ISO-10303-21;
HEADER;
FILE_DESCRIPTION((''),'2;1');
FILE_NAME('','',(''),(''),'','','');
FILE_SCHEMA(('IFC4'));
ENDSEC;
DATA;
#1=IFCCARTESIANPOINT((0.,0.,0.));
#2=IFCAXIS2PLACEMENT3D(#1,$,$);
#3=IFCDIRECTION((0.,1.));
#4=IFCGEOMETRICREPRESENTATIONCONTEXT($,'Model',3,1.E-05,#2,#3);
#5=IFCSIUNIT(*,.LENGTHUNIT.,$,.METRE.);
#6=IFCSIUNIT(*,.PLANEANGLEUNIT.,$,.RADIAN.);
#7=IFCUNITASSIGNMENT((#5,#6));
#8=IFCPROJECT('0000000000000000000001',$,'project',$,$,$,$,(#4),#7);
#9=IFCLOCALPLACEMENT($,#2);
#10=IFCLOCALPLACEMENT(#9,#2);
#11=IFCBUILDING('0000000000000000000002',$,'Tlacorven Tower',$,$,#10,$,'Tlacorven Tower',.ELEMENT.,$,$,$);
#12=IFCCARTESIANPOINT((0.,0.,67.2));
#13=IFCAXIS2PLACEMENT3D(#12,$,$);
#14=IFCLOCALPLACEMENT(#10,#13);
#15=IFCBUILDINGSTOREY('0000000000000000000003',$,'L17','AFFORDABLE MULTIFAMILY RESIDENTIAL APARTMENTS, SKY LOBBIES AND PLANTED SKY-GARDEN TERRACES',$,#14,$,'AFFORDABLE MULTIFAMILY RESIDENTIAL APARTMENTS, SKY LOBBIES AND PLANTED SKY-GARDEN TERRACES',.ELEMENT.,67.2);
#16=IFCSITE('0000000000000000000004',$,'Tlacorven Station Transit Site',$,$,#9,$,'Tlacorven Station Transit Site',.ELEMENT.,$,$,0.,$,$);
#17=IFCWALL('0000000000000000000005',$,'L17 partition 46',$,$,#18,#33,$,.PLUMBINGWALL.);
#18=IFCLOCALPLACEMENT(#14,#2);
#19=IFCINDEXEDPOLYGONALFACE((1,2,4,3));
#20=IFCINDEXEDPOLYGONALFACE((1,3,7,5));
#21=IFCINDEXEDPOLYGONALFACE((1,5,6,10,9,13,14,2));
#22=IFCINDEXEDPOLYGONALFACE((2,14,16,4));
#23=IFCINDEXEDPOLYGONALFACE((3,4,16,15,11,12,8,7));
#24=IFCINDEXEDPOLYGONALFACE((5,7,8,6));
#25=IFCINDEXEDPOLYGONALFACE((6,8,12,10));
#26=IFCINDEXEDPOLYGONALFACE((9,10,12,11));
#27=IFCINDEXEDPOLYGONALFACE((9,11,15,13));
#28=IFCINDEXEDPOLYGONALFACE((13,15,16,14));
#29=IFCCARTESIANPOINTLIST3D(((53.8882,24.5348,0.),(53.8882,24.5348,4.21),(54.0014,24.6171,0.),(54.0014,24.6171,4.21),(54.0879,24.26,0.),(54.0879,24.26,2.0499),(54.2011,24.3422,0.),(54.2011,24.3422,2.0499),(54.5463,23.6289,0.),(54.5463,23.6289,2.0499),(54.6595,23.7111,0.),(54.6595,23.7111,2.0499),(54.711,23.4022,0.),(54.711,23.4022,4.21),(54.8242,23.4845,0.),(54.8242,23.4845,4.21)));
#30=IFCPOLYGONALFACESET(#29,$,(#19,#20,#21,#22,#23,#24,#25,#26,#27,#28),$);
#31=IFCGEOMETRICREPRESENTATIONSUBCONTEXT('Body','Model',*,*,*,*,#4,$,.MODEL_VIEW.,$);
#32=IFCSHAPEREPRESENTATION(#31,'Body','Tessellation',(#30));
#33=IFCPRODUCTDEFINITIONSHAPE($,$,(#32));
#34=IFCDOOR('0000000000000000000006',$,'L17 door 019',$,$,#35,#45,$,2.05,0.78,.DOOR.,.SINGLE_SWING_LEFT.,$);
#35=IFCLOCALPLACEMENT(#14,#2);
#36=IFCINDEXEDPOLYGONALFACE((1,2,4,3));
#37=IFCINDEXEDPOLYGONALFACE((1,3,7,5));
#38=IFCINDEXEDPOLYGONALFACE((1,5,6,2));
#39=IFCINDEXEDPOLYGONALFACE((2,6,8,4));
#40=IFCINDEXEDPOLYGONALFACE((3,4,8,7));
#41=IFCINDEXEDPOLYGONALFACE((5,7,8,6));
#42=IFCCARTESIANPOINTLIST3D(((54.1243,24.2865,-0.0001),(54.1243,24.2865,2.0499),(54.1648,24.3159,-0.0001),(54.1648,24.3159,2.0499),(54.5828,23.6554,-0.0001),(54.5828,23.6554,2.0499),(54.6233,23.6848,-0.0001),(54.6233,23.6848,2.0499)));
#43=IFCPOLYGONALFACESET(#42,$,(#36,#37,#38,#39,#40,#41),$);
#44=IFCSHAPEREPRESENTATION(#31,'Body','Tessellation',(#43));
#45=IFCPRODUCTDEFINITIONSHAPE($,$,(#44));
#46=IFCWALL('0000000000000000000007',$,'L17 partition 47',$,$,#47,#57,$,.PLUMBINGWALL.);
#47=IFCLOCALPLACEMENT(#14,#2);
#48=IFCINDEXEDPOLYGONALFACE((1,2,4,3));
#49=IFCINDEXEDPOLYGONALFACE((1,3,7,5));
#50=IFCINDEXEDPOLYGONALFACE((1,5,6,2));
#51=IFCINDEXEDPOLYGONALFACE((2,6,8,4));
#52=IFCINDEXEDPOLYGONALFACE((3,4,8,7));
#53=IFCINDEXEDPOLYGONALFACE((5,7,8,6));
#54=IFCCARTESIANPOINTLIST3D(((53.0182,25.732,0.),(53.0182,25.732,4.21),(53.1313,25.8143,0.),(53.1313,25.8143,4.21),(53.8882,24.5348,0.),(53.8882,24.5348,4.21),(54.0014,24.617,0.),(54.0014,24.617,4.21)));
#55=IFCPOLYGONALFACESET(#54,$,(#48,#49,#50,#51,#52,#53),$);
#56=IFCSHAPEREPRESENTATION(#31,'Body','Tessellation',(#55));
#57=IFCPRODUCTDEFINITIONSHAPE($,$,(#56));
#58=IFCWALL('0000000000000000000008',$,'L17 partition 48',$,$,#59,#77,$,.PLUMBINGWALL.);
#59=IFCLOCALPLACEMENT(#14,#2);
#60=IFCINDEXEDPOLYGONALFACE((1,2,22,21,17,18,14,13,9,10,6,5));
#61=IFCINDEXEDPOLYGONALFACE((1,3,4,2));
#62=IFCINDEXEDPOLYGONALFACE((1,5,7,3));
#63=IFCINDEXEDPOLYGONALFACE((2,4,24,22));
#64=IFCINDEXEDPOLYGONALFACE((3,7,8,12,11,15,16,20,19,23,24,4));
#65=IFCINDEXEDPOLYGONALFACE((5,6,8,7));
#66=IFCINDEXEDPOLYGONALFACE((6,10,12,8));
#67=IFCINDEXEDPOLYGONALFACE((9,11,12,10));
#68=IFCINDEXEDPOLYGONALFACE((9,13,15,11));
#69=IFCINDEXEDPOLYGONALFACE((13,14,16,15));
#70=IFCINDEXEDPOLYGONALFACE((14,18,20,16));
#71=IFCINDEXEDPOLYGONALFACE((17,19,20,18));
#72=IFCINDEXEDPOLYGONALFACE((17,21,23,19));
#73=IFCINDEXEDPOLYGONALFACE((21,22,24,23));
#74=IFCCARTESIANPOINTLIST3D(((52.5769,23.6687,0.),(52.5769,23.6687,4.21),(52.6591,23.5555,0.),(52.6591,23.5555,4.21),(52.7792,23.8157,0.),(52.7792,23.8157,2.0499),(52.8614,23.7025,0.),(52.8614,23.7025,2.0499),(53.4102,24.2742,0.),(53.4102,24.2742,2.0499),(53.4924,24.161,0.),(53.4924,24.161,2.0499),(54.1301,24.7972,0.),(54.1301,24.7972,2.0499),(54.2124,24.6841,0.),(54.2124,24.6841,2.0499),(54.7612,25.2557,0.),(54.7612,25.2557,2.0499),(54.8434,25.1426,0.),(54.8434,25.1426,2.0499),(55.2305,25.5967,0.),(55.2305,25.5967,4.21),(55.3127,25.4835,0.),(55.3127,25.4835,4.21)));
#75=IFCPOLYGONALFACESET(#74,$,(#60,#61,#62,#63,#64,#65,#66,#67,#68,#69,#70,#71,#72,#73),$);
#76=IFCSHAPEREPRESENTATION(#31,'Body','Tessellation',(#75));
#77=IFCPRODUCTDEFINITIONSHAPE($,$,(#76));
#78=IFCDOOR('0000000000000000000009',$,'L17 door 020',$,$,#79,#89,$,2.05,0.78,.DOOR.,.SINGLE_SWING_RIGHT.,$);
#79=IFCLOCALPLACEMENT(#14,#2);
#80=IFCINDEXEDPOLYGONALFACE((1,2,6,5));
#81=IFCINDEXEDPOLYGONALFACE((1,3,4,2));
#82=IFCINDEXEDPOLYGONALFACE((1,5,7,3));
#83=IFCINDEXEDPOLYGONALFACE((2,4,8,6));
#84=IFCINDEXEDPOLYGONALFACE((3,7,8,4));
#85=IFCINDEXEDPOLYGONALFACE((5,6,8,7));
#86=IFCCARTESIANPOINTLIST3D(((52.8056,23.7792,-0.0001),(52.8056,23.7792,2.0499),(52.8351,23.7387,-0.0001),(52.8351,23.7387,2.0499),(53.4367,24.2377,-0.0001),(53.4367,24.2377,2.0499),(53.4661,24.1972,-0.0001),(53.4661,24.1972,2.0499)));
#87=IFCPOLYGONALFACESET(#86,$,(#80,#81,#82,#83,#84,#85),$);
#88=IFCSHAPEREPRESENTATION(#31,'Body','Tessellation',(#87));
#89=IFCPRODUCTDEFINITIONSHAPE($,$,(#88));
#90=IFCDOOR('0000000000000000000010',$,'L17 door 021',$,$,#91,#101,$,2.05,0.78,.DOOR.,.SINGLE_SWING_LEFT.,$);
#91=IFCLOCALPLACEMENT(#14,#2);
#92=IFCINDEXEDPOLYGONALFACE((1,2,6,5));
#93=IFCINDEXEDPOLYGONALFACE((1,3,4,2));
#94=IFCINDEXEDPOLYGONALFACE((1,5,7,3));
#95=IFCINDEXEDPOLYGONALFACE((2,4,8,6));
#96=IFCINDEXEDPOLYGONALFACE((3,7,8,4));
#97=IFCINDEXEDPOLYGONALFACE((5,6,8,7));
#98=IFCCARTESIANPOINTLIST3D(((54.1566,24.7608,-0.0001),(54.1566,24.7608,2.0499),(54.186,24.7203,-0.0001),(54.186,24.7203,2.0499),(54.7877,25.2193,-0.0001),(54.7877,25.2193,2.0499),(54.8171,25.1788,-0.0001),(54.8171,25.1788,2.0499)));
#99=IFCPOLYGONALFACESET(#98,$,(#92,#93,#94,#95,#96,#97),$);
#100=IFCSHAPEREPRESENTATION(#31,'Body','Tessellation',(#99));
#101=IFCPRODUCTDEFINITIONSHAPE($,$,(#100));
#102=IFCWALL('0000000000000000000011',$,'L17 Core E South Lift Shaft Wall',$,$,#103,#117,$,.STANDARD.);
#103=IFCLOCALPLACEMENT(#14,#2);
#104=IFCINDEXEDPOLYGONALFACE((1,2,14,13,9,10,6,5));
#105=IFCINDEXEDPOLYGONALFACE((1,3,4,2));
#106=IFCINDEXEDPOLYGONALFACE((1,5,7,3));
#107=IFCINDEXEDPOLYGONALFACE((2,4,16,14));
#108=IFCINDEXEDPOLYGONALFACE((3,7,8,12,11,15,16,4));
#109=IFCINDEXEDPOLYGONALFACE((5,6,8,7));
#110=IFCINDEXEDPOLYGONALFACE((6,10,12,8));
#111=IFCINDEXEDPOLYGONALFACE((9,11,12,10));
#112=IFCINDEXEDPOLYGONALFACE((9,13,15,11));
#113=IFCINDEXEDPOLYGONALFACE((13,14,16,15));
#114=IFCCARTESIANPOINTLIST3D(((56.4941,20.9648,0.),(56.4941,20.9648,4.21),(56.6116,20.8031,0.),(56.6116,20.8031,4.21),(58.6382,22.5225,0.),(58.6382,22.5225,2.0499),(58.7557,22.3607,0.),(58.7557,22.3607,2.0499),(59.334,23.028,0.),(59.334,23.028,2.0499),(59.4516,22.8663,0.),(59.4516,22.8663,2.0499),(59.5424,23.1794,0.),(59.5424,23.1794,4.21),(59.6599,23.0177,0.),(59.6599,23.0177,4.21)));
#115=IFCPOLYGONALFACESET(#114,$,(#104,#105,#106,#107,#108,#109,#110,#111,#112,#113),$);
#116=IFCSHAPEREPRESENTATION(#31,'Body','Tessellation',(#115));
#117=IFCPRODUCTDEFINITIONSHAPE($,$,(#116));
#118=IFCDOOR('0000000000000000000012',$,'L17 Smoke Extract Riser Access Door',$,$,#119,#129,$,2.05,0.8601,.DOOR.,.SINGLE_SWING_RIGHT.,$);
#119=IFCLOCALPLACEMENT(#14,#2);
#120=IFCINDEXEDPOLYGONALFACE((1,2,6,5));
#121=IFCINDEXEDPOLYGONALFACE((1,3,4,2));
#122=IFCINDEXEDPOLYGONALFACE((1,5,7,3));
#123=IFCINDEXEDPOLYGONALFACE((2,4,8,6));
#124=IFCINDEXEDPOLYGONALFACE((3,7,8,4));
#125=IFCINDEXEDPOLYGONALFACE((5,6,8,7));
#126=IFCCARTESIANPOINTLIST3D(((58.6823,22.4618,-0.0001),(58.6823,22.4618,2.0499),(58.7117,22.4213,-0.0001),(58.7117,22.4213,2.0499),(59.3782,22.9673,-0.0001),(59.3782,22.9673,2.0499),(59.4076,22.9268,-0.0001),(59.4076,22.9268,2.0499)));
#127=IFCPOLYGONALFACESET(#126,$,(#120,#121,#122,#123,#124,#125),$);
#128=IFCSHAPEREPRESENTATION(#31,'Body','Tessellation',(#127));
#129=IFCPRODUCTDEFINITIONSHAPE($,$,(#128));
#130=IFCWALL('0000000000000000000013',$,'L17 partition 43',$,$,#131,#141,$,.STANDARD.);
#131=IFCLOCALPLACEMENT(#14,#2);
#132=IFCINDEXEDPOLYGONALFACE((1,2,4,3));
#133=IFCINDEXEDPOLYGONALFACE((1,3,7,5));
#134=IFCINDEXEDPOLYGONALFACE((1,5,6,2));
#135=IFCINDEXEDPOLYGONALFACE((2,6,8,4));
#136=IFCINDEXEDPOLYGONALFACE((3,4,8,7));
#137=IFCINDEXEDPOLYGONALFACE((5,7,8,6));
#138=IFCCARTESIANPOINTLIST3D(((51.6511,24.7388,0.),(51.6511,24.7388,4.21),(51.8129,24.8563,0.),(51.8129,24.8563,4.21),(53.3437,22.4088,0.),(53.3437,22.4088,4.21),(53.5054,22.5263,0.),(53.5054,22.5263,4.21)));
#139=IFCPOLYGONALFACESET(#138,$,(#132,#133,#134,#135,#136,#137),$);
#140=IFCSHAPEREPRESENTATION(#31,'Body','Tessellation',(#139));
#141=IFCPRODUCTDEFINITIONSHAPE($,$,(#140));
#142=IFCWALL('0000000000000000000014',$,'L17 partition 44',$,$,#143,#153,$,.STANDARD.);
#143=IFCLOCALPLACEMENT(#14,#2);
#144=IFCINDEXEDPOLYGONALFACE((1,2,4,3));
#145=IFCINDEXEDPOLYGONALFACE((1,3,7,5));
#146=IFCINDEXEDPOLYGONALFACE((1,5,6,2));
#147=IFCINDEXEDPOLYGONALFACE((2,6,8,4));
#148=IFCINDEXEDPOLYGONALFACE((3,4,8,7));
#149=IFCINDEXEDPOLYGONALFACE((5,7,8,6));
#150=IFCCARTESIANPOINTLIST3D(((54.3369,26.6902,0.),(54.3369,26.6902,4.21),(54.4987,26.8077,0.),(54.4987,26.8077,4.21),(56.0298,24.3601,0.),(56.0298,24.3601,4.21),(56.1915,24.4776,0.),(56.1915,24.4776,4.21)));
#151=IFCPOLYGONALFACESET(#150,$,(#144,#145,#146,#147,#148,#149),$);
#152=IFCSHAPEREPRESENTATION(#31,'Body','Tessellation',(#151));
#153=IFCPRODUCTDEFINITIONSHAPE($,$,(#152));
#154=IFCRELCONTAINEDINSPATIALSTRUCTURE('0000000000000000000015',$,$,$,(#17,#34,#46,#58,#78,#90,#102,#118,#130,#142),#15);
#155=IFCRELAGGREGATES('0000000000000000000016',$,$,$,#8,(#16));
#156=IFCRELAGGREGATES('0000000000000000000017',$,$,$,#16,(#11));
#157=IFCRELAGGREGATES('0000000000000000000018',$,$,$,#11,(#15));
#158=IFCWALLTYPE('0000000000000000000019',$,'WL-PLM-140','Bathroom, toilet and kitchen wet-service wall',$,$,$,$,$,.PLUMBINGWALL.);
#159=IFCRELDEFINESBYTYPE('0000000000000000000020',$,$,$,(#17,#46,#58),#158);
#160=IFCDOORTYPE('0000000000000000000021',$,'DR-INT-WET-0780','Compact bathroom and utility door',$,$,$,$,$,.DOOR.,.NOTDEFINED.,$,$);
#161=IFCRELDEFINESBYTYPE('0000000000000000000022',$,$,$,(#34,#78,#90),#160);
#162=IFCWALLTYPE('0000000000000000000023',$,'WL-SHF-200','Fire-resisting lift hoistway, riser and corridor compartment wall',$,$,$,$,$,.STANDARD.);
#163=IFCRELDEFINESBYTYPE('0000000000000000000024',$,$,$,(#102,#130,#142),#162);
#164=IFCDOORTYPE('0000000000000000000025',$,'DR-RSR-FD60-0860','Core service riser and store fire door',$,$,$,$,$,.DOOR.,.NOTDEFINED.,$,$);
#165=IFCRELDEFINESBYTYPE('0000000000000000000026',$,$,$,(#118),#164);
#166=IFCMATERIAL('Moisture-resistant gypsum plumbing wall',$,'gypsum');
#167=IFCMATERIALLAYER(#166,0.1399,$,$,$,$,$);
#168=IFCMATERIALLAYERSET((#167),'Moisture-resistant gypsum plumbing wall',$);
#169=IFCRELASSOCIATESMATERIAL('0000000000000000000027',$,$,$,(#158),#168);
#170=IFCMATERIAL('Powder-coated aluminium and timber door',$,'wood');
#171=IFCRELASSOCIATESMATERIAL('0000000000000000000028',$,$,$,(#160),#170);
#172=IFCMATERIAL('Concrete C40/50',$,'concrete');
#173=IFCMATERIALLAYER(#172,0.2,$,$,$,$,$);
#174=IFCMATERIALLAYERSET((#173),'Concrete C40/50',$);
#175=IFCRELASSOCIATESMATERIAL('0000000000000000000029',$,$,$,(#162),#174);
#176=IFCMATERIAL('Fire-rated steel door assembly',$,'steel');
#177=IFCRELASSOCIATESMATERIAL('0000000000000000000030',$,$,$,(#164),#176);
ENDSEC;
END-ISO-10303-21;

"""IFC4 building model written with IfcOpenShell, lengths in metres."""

from ifc_helpers import new_model, si_unit, direction, frame, frame_2d, origin, place, context, subcontext, project, spatial, rectangle, extrude, source, transform, mapped, material, layer, layer_set, type_object, element, fill, save


model = new_model("IFC4")

# Units and contexts
model_context = context("Model", 3, precision=1e-05, world=origin(), true_north=direction((0.0, 1.0)))
body_context = subcontext(model_context, "Body", "Model", "MODEL_VIEW")
ifc_project = project(units=[si_unit("LENGTHUNIT", "METRE"), si_unit("PLANEANGLEUNIT", "RADIAN")], contexts=[model_context])

# Site, building, storey
site_placement = place(None, origin())
site = spatial("IfcSite", under=ifc_project, at=site_placement, Name="Tlacorven Station Transit Site", LongName="Tlacorven Station Transit Site", CompositionType="ELEMENT", RefElevation=0.0)
building_placement = place(site_placement, origin())
building = spatial("IfcBuilding", under=site, at=building_placement, Name="Tlacorven Tower", LongName="Tlacorven Tower", CompositionType="ELEMENT")
storey_placement = place(building_placement, frame((0.0, 0.0, 67.2)))
storey = spatial("IfcBuildingStorey", under=building, at=storey_placement, Name="L17", Description="AFFORDABLE MULTIFAMILY RESIDENTIAL APARTMENTS, SKY LOBBIES AND PLANTED SKY-GARDEN TERRACES", LongName="AFFORDABLE MULTIFAMILY RESIDENTIAL APARTMENTS, SKY LOBBIES AND PLANTED SKY-GARDEN TERRACES", CompositionType="ELEMENT", Elevation=67.2)

# Wall, opening, door
ifc_material_1 = material(Name="Moisture-resistant gypsum plumbing wall", Category="gypsum")
ifc_layer_1 = layer(ifc_material_1, 0.1399)
ifc_layer_set_1 = layer_set([ifc_layer_1], Name="Moisture-resistant gypsum plumbing wall")
wall_type_1 = type_object("IfcWallType", Name="WL-PLM-140", Description="Bathroom, toilet and kitchen wet-service wall", PredefinedType="PLUMBINGWALL", material=ifc_layer_set_1)
wall_1_placement = place(storey_placement, frame((54.7676, 23.4434, 0.0), z_axis=(0.0, 0.0, 1.0), x_axis=(-0.587736, 0.809053, 0.0)))
wall_1 = element("IfcWall", 1, at=wall_1_placement, inside=storey, type_object=wall_type_1, Name="L17 partition 46", PredefinedType="PLUMBINGWALL", context=body_context, shape_type="SweptSolid", body=[
    extrude(rectangle(XDim=1.3999, YDim=0.1399, at=frame_2d((0.7, 0.0))), origin(), (0.0, 0.0, 1.0), 4.21),
])
opening_1_placement = place(wall_1_placement, frame((0.28, 0.0, 0.0)))
opening_1 = element("IfcOpeningElement", 2, at=opening_1_placement, cuts=wall_1, PredefinedType="OPENING", context=body_context, shape_type="SweptSolid", body=[
    extrude(rectangle(XDim=0.78, YDim=2.05, at=frame_2d((0.3901, 1.0249))), frame((0.0, 0.0801, 0.0), z_axis=(0.0, -1.0, 0.0), x_axis=(1.0, 0.0, 0.0)), (0.0, 0.0, 1.0), 0.1599),
])
ifc_material_2 = material(Name="Powder-coated aluminium and timber door", Category="wood")
door_type_1 = type_object("IfcDoorType", Name="DR-INT-WET-0780", Description="Compact bathroom and utility door", OperationType="NOTDEFINED", PredefinedType="DOOR", material=ifc_material_2)
shared_shape_1 = source(origin(), body_context, "Body", "SweptSolid", [
    extrude(rectangle(XDim=0.78, YDim=2.05, at=frame_2d((0.3901, 1.0249))), frame((0.0, 0.0249, 0.0), z_axis=(0.0, -1.0, 0.0), x_axis=(1.0, 0.0, 0.0)), (0.0, 0.0, 1.0), 0.05),
])
door_1_placement = place(opening_1_placement, origin())
door_1 = element("IfcDoor", 3, at=door_1_placement, inside=storey, type_object=door_type_1, Name="L17 door 019", OperationType="SINGLE_SWING_LEFT", OverallHeight=2.05, OverallWidth=0.78, PredefinedType="DOOR", context=body_context, shape_type="MappedRepresentation", body=[
    mapped(shared_shape_1, transform((0.0, 0.0, 0.0), scale=1.0)),
])
fill(opening_1, door_1)

# Wall
wall_2_placement = place(storey_placement, frame((53.9448, 24.5759, 0.0), z_axis=(0.0, 0.0, 1.0), x_axis=(-0.587897, 0.808936, 0.0)))
element("IfcWall", 4, at=wall_2_placement, inside=storey, type_object=wall_type_1, Name="L17 partition 47", PredefinedType="PLUMBINGWALL", context=body_context, shape_type="SweptSolid", body=[
    extrude(rectangle(XDim=1.48, YDim=0.1399, at=frame_2d((0.74, 0.0))), origin(), (0.0, 0.0, 1.0), 4.21),
])

# Wall, openings, doors
wall_3_placement = place(storey_placement, frame((52.6179, 23.6121, 0.0), z_axis=(0.0, 0.0, 1.0), x_axis=(0.80901, 0.587795, 0.0)))
wall_3 = element("IfcWall", 5, at=wall_3_placement, inside=storey, type_object=wall_type_1, Name="L17 partition 48", PredefinedType="PLUMBINGWALL", context=body_context, shape_type="SweptSolid", body=[
    extrude(rectangle(XDim=3.28, YDim=0.1399, at=frame_2d((1.6401, 0.0))), origin(), (0.0, 0.0, 1.0), 4.21),
])
opening_2_placement = place(wall_3_placement, frame((0.25, 0.0, 0.0)))
opening_2 = element("IfcOpeningElement", 6, at=opening_2_placement, cuts=wall_3, PredefinedType="OPENING", context=body_context, shape_type="SweptSolid", body=[
    extrude(rectangle(XDim=0.78, YDim=2.05, at=frame_2d((0.3901, 1.0249))), frame((0.0, 0.0801, 0.0), z_axis=(0.0, -1.0, 0.0), x_axis=(1.0, 0.0, 0.0)), (0.0, 0.0, 1.0), 0.1599),
])
opening_3_placement = place(wall_3_placement, frame((1.9199, 0.0, 0.0)))
opening_3 = element("IfcOpeningElement", 7, at=opening_3_placement, cuts=wall_3, PredefinedType="OPENING", context=body_context, shape_type="SweptSolid", body=[
    extrude(rectangle(XDim=0.78, YDim=2.05, at=frame_2d((0.3901, 1.0249))), frame((0.0, 0.0801, 0.0), z_axis=(0.0, -1.0, 0.0), x_axis=(1.0, 0.0, 0.0)), (0.0, 0.0, 1.0), 0.1599),
])
door_2_placement = place(opening_2_placement, origin())
door_2 = element("IfcDoor", 8, at=door_2_placement, inside=storey, type_object=door_type_1, Name="L17 door 020", OperationType="SINGLE_SWING_RIGHT", OverallHeight=2.05, OverallWidth=0.78, PredefinedType="DOOR", context=body_context, shape_type="MappedRepresentation", body=[
    mapped(shared_shape_1, transform((0.0, 0.0, 0.0), scale=1.0)),
])
fill(opening_2, door_2)
door_3_placement = place(opening_3_placement, origin())
door_3 = element("IfcDoor", 9, at=door_3_placement, inside=storey, type_object=door_type_1, Name="L17 door 021", OperationType="SINGLE_SWING_LEFT", OverallHeight=2.05, OverallWidth=0.78, PredefinedType="DOOR", context=body_context, shape_type="MappedRepresentation", body=[
    mapped(shared_shape_1, transform((0.0, 0.0, 0.0), scale=1.0)),
])
fill(opening_3, door_3)

# Wall, opening, door
ifc_material_3 = material(Name="Concrete C40/50", Category="concrete")
ifc_layer_2 = layer(ifc_material_3, 0.2)
ifc_layer_set_2 = layer_set([ifc_layer_2], Name="Concrete C40/50")
wall_type_2 = type_object("IfcWallType", Name="WL-SHF-200", Description="Fire-resisting lift hoistway, riser and corridor compartment wall", PredefinedType="STANDARD", material=ifc_layer_set_2)
wall_4_placement = place(storey_placement, frame((56.553, 20.884, 0.0), z_axis=(0.0, 0.0, 1.0), x_axis=(0.809036, 0.587759, 0.0)))
wall_4 = element("IfcWall", 10, at=wall_4_placement, inside=storey, type_object=wall_type_2, Name="L17 Core E South Lift Shaft Wall", PredefinedType="STANDARD", context=body_context, shape_type="SweptSolid", body=[
    extrude(rectangle(XDim=3.7678, YDim=0.2, at=frame_2d((1.8838, 0.0))), origin(), (0.0, 0.0, 1.0), 4.21),
])
opening_4_placement = place(wall_4_placement, frame((2.6499, 0.0, 0.0)))
opening_4 = element("IfcOpeningElement", 11, at=opening_4_placement, cuts=wall_4, PredefinedType="OPENING", context=body_context, shape_type="SweptSolid", body=[
    extrude(rectangle(XDim=0.8601, YDim=2.05, at=frame_2d((0.4302, 1.0249))), frame((0.0, 0.1099, 0.0), z_axis=(0.0, -1.0, 0.0), x_axis=(1.0, 0.0, 0.0)), (0.0, 0.0, 1.0), 0.22),
])
ifc_material_4 = material(Name="Fire-rated steel door assembly", Category="steel")
door_type_2 = type_object("IfcDoorType", Name="DR-RSR-FD60-0860", Description="Core service riser and store fire door", OperationType="NOTDEFINED", PredefinedType="DOOR", material=ifc_material_4)
shared_shape_2 = source(origin(), body_context, "Body", "SweptSolid", [
    extrude(rectangle(XDim=0.8601, YDim=2.05, at=frame_2d((0.4302, 1.0249))), frame((0.0, 0.0249, 0.0), z_axis=(0.0, -1.0, 0.0), x_axis=(1.0, 0.0, 0.0)), (0.0, 0.0, 1.0), 0.05),
])
door_4_placement = place(opening_4_placement, origin())
door_4 = element("IfcDoor", 12, at=door_4_placement, inside=storey, type_object=door_type_2, Name="L17 Smoke Extract Riser Access Door", OperationType="SINGLE_SWING_RIGHT", OverallHeight=2.05, OverallWidth=0.8601, PredefinedType="DOOR", context=body_context, shape_type="MappedRepresentation", body=[
    mapped(shared_shape_2, transform((0.0, 0.0, 0.0), scale=1.0)),
])
fill(opening_4, door_4)

# Walls
wall_5_placement = place(storey_placement, frame((53.4246, 22.4675, 0.0), z_axis=(0.0, 0.0, 1.0), x_axis=(-0.587723, 0.809062, 0.0)))
element("IfcWall", 13, at=wall_5_placement, inside=storey, type_object=wall_type_2, Name="L17 partition 43", PredefinedType="STANDARD", context=body_context, shape_type="SweptSolid", body=[
    extrude(rectangle(XDim=2.8799, YDim=0.2, at=frame_2d((1.4399, 0.0))), origin(), (0.0, 0.0, 1.0), 4.21),
])
wall_6_placement = place(storey_placement, frame((56.1106, 24.4189, 0.0), z_axis=(0.0, 0.0, 1.0), x_axis=(-0.587778, 0.809022, 0.0)))
element("IfcWall", 14, at=wall_6_placement, inside=storey, type_object=wall_type_2, Name="L17 partition 44", PredefinedType="STANDARD", context=body_context, shape_type="SweptSolid", body=[
    extrude(rectangle(XDim=2.8801, YDim=0.2, at=frame_2d((1.4399, 0.0))), origin(), (0.0, 0.0, 1.0), 4.21),
])

save(model, "model.ifc")
